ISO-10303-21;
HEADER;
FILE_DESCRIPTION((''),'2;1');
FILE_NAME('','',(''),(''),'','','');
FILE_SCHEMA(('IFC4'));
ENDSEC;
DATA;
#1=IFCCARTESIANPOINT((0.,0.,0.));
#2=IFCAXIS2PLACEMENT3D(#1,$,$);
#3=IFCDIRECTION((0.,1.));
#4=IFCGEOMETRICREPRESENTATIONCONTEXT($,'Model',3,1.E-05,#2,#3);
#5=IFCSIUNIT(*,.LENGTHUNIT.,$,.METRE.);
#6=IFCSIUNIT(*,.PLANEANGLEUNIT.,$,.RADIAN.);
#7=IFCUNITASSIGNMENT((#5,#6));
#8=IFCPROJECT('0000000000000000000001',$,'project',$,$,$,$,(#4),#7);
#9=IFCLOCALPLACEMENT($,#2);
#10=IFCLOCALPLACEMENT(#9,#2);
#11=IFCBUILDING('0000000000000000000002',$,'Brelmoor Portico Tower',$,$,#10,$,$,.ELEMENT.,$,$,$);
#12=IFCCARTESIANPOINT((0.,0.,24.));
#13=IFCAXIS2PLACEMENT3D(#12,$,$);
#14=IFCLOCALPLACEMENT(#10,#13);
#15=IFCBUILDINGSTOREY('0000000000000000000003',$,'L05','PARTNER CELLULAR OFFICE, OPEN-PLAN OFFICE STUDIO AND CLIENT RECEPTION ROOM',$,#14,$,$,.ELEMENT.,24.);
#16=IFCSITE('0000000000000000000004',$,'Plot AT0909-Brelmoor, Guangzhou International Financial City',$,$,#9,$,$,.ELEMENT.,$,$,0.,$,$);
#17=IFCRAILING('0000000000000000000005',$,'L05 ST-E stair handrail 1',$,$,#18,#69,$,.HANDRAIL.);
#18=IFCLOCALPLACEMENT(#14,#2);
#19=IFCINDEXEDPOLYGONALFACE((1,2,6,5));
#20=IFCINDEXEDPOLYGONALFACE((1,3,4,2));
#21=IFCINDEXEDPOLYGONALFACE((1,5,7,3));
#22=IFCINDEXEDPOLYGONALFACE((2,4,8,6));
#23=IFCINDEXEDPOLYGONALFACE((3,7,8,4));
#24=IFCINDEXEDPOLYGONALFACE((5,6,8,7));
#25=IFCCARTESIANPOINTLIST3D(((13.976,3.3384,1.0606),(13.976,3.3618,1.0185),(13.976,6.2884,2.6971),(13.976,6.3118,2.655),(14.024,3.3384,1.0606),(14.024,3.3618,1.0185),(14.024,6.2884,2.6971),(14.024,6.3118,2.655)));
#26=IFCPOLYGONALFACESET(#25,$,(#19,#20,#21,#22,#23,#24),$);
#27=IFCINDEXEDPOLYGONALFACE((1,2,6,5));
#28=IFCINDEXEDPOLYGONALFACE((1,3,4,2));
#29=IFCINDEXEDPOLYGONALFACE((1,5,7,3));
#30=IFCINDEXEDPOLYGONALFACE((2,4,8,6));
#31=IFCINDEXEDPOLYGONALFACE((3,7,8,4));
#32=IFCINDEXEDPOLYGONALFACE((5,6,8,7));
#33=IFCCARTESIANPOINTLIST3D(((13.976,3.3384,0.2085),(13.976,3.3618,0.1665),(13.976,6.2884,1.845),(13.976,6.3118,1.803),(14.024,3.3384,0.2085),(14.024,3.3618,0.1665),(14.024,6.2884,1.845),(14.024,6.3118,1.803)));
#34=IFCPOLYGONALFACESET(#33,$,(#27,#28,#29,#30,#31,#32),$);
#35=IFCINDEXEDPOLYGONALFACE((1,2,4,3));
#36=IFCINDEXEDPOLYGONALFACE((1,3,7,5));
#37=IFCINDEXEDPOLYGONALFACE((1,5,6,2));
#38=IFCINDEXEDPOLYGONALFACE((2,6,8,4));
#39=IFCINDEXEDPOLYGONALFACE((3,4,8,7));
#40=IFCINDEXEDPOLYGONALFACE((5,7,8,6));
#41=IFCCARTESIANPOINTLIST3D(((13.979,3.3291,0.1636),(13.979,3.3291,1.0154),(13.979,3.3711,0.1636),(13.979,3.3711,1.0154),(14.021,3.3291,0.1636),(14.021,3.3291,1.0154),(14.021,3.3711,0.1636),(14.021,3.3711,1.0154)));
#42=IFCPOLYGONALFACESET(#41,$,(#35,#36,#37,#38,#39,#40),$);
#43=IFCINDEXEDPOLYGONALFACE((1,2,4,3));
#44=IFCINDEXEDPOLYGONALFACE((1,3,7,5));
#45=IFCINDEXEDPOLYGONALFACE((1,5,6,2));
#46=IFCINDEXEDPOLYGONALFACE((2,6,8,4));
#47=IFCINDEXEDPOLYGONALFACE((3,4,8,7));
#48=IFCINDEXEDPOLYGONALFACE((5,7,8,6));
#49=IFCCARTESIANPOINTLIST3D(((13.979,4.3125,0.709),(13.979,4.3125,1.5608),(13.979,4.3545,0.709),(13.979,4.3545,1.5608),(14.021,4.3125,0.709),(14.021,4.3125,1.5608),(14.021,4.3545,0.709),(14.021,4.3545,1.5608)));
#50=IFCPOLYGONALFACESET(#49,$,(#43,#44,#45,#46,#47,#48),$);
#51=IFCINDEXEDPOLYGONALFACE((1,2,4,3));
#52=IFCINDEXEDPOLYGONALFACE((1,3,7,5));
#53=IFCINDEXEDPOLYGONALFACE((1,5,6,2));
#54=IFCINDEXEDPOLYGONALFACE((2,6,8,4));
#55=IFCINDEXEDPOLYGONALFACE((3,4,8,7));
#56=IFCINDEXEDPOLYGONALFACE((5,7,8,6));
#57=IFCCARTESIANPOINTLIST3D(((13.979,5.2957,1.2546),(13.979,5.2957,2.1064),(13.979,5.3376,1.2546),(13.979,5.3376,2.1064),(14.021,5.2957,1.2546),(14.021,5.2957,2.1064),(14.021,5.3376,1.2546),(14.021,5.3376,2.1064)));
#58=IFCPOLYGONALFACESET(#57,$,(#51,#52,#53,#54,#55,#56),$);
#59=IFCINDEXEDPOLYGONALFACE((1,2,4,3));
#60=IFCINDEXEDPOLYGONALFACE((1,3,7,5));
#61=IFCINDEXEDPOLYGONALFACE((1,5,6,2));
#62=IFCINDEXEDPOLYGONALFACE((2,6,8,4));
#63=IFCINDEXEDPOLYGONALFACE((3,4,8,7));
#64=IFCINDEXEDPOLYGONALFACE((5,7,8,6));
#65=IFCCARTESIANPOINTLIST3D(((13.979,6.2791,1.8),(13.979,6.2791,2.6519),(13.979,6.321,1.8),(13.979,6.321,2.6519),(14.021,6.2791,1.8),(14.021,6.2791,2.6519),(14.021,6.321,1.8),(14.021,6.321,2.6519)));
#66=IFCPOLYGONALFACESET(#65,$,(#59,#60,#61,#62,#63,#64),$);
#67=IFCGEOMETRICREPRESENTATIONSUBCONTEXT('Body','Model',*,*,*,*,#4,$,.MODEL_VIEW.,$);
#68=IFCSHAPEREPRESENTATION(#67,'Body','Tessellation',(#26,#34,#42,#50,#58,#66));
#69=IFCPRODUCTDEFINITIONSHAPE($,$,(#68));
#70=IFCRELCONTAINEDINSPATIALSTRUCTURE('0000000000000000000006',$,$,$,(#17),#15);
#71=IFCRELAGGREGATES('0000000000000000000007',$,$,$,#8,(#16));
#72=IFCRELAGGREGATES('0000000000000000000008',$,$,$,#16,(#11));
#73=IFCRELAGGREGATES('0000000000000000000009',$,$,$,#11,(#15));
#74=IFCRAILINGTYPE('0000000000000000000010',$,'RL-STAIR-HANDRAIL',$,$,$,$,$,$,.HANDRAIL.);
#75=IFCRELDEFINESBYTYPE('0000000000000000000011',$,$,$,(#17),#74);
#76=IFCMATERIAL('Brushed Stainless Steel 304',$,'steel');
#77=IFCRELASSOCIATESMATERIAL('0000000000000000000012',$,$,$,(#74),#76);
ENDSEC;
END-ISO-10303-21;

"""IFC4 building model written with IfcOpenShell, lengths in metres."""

from ifc_helpers import new_model, si_unit, direction, frame, origin, origin_2d, place, context, subcontext, project, spatial, rectangle, extrude, material, type_object, element, save


model = new_model("IFC4")

# Units and contexts
model_context = context("Model", 3, precision=1e-05, world=origin(), true_north=direction((0.0, 1.0)))
body_context = subcontext(model_context, "Body", "Model", "MODEL_VIEW")
ifc_project = project(units=[si_unit("LENGTHUNIT", "METRE"), si_unit("PLANEANGLEUNIT", "RADIAN")], contexts=[model_context])

# Site, building, storey
site_placement = place(None, origin())
site = spatial("IfcSite", under=ifc_project, at=site_placement, Name="Plot AT0909-Brelmoor, Guangzhou International Financial City", CompositionType="ELEMENT", RefElevation=0.0)
building_placement = place(site_placement, origin())
building = spatial("IfcBuilding", under=site, at=building_placement, Name="Brelmoor Portico Tower", CompositionType="ELEMENT")
storey_placement = place(building_placement, frame((0.0, 0.0, 24.0)))
storey = spatial("IfcBuildingStorey", under=building, at=storey_placement, Name="L05", Description="PARTNER CELLULAR OFFICE, OPEN-PLAN OFFICE STUDIO AND CLIENT RECEPTION ROOM", CompositionType="ELEMENT", Elevation=24.0)

# Railing
ifc_material_1 = material(Name="Brushed Stainless Steel 304", Category="steel")
railing_type_1 = type_object("IfcRailingType", Name="RL-STAIR-HANDRAIL", PredefinedType="HANDRAIL", material=ifc_material_1)
railing_1_placement = place(storey_placement, frame((14.0, 3.3501, 0.1636)))
element("IfcRailing", 1, at=railing_1_placement, inside=storey, type_object=railing_type_1, Name="L05 ST-E stair handrail 1", PredefinedType="HANDRAIL", context=body_context, shape_type="SweptSolid", body=[
    extrude(rectangle(XDim=0.0481, YDim=0.0481, at=origin_2d()), frame((0.0, 0.0, 0.876), z_axis=(0.0, 0.874458, 0.485102), x_axis=(-1.0, 0.0, 0.0)), (0.0, 0.0, 1.0), 3.3735),
    extrude(rectangle(XDim=0.0481, YDim=0.0481, at=origin_2d()), frame((0.0, 0.0, 0.0239), z_axis=(0.0, 0.874458, 0.485102), x_axis=(-1.0, 0.0, 0.0)), (0.0, 0.0, 1.0), 3.3735),
    extrude(rectangle(XDim=0.042, YDim=0.042, at=origin_2d()), origin(), (0.0, 0.0, 1.0), 0.8518),
    extrude(rectangle(XDim=0.042, YDim=0.042, at=origin_2d()), frame((0.0, 0.9834, 0.5454)), (0.0, 0.0, 1.0), 0.8518),
    extrude(rectangle(XDim=0.042, YDim=0.042, at=origin_2d()), frame((0.0, 1.9666, 1.0911)), (0.0, 0.0, 1.0), 0.8518),
    extrude(rectangle(XDim=0.042, YDim=0.042, at=origin_2d()), frame((0.0, 2.95, 1.6365)), (0.0, 0.0, 1.0), 0.8518),
])

save(model, "model.ifc")
